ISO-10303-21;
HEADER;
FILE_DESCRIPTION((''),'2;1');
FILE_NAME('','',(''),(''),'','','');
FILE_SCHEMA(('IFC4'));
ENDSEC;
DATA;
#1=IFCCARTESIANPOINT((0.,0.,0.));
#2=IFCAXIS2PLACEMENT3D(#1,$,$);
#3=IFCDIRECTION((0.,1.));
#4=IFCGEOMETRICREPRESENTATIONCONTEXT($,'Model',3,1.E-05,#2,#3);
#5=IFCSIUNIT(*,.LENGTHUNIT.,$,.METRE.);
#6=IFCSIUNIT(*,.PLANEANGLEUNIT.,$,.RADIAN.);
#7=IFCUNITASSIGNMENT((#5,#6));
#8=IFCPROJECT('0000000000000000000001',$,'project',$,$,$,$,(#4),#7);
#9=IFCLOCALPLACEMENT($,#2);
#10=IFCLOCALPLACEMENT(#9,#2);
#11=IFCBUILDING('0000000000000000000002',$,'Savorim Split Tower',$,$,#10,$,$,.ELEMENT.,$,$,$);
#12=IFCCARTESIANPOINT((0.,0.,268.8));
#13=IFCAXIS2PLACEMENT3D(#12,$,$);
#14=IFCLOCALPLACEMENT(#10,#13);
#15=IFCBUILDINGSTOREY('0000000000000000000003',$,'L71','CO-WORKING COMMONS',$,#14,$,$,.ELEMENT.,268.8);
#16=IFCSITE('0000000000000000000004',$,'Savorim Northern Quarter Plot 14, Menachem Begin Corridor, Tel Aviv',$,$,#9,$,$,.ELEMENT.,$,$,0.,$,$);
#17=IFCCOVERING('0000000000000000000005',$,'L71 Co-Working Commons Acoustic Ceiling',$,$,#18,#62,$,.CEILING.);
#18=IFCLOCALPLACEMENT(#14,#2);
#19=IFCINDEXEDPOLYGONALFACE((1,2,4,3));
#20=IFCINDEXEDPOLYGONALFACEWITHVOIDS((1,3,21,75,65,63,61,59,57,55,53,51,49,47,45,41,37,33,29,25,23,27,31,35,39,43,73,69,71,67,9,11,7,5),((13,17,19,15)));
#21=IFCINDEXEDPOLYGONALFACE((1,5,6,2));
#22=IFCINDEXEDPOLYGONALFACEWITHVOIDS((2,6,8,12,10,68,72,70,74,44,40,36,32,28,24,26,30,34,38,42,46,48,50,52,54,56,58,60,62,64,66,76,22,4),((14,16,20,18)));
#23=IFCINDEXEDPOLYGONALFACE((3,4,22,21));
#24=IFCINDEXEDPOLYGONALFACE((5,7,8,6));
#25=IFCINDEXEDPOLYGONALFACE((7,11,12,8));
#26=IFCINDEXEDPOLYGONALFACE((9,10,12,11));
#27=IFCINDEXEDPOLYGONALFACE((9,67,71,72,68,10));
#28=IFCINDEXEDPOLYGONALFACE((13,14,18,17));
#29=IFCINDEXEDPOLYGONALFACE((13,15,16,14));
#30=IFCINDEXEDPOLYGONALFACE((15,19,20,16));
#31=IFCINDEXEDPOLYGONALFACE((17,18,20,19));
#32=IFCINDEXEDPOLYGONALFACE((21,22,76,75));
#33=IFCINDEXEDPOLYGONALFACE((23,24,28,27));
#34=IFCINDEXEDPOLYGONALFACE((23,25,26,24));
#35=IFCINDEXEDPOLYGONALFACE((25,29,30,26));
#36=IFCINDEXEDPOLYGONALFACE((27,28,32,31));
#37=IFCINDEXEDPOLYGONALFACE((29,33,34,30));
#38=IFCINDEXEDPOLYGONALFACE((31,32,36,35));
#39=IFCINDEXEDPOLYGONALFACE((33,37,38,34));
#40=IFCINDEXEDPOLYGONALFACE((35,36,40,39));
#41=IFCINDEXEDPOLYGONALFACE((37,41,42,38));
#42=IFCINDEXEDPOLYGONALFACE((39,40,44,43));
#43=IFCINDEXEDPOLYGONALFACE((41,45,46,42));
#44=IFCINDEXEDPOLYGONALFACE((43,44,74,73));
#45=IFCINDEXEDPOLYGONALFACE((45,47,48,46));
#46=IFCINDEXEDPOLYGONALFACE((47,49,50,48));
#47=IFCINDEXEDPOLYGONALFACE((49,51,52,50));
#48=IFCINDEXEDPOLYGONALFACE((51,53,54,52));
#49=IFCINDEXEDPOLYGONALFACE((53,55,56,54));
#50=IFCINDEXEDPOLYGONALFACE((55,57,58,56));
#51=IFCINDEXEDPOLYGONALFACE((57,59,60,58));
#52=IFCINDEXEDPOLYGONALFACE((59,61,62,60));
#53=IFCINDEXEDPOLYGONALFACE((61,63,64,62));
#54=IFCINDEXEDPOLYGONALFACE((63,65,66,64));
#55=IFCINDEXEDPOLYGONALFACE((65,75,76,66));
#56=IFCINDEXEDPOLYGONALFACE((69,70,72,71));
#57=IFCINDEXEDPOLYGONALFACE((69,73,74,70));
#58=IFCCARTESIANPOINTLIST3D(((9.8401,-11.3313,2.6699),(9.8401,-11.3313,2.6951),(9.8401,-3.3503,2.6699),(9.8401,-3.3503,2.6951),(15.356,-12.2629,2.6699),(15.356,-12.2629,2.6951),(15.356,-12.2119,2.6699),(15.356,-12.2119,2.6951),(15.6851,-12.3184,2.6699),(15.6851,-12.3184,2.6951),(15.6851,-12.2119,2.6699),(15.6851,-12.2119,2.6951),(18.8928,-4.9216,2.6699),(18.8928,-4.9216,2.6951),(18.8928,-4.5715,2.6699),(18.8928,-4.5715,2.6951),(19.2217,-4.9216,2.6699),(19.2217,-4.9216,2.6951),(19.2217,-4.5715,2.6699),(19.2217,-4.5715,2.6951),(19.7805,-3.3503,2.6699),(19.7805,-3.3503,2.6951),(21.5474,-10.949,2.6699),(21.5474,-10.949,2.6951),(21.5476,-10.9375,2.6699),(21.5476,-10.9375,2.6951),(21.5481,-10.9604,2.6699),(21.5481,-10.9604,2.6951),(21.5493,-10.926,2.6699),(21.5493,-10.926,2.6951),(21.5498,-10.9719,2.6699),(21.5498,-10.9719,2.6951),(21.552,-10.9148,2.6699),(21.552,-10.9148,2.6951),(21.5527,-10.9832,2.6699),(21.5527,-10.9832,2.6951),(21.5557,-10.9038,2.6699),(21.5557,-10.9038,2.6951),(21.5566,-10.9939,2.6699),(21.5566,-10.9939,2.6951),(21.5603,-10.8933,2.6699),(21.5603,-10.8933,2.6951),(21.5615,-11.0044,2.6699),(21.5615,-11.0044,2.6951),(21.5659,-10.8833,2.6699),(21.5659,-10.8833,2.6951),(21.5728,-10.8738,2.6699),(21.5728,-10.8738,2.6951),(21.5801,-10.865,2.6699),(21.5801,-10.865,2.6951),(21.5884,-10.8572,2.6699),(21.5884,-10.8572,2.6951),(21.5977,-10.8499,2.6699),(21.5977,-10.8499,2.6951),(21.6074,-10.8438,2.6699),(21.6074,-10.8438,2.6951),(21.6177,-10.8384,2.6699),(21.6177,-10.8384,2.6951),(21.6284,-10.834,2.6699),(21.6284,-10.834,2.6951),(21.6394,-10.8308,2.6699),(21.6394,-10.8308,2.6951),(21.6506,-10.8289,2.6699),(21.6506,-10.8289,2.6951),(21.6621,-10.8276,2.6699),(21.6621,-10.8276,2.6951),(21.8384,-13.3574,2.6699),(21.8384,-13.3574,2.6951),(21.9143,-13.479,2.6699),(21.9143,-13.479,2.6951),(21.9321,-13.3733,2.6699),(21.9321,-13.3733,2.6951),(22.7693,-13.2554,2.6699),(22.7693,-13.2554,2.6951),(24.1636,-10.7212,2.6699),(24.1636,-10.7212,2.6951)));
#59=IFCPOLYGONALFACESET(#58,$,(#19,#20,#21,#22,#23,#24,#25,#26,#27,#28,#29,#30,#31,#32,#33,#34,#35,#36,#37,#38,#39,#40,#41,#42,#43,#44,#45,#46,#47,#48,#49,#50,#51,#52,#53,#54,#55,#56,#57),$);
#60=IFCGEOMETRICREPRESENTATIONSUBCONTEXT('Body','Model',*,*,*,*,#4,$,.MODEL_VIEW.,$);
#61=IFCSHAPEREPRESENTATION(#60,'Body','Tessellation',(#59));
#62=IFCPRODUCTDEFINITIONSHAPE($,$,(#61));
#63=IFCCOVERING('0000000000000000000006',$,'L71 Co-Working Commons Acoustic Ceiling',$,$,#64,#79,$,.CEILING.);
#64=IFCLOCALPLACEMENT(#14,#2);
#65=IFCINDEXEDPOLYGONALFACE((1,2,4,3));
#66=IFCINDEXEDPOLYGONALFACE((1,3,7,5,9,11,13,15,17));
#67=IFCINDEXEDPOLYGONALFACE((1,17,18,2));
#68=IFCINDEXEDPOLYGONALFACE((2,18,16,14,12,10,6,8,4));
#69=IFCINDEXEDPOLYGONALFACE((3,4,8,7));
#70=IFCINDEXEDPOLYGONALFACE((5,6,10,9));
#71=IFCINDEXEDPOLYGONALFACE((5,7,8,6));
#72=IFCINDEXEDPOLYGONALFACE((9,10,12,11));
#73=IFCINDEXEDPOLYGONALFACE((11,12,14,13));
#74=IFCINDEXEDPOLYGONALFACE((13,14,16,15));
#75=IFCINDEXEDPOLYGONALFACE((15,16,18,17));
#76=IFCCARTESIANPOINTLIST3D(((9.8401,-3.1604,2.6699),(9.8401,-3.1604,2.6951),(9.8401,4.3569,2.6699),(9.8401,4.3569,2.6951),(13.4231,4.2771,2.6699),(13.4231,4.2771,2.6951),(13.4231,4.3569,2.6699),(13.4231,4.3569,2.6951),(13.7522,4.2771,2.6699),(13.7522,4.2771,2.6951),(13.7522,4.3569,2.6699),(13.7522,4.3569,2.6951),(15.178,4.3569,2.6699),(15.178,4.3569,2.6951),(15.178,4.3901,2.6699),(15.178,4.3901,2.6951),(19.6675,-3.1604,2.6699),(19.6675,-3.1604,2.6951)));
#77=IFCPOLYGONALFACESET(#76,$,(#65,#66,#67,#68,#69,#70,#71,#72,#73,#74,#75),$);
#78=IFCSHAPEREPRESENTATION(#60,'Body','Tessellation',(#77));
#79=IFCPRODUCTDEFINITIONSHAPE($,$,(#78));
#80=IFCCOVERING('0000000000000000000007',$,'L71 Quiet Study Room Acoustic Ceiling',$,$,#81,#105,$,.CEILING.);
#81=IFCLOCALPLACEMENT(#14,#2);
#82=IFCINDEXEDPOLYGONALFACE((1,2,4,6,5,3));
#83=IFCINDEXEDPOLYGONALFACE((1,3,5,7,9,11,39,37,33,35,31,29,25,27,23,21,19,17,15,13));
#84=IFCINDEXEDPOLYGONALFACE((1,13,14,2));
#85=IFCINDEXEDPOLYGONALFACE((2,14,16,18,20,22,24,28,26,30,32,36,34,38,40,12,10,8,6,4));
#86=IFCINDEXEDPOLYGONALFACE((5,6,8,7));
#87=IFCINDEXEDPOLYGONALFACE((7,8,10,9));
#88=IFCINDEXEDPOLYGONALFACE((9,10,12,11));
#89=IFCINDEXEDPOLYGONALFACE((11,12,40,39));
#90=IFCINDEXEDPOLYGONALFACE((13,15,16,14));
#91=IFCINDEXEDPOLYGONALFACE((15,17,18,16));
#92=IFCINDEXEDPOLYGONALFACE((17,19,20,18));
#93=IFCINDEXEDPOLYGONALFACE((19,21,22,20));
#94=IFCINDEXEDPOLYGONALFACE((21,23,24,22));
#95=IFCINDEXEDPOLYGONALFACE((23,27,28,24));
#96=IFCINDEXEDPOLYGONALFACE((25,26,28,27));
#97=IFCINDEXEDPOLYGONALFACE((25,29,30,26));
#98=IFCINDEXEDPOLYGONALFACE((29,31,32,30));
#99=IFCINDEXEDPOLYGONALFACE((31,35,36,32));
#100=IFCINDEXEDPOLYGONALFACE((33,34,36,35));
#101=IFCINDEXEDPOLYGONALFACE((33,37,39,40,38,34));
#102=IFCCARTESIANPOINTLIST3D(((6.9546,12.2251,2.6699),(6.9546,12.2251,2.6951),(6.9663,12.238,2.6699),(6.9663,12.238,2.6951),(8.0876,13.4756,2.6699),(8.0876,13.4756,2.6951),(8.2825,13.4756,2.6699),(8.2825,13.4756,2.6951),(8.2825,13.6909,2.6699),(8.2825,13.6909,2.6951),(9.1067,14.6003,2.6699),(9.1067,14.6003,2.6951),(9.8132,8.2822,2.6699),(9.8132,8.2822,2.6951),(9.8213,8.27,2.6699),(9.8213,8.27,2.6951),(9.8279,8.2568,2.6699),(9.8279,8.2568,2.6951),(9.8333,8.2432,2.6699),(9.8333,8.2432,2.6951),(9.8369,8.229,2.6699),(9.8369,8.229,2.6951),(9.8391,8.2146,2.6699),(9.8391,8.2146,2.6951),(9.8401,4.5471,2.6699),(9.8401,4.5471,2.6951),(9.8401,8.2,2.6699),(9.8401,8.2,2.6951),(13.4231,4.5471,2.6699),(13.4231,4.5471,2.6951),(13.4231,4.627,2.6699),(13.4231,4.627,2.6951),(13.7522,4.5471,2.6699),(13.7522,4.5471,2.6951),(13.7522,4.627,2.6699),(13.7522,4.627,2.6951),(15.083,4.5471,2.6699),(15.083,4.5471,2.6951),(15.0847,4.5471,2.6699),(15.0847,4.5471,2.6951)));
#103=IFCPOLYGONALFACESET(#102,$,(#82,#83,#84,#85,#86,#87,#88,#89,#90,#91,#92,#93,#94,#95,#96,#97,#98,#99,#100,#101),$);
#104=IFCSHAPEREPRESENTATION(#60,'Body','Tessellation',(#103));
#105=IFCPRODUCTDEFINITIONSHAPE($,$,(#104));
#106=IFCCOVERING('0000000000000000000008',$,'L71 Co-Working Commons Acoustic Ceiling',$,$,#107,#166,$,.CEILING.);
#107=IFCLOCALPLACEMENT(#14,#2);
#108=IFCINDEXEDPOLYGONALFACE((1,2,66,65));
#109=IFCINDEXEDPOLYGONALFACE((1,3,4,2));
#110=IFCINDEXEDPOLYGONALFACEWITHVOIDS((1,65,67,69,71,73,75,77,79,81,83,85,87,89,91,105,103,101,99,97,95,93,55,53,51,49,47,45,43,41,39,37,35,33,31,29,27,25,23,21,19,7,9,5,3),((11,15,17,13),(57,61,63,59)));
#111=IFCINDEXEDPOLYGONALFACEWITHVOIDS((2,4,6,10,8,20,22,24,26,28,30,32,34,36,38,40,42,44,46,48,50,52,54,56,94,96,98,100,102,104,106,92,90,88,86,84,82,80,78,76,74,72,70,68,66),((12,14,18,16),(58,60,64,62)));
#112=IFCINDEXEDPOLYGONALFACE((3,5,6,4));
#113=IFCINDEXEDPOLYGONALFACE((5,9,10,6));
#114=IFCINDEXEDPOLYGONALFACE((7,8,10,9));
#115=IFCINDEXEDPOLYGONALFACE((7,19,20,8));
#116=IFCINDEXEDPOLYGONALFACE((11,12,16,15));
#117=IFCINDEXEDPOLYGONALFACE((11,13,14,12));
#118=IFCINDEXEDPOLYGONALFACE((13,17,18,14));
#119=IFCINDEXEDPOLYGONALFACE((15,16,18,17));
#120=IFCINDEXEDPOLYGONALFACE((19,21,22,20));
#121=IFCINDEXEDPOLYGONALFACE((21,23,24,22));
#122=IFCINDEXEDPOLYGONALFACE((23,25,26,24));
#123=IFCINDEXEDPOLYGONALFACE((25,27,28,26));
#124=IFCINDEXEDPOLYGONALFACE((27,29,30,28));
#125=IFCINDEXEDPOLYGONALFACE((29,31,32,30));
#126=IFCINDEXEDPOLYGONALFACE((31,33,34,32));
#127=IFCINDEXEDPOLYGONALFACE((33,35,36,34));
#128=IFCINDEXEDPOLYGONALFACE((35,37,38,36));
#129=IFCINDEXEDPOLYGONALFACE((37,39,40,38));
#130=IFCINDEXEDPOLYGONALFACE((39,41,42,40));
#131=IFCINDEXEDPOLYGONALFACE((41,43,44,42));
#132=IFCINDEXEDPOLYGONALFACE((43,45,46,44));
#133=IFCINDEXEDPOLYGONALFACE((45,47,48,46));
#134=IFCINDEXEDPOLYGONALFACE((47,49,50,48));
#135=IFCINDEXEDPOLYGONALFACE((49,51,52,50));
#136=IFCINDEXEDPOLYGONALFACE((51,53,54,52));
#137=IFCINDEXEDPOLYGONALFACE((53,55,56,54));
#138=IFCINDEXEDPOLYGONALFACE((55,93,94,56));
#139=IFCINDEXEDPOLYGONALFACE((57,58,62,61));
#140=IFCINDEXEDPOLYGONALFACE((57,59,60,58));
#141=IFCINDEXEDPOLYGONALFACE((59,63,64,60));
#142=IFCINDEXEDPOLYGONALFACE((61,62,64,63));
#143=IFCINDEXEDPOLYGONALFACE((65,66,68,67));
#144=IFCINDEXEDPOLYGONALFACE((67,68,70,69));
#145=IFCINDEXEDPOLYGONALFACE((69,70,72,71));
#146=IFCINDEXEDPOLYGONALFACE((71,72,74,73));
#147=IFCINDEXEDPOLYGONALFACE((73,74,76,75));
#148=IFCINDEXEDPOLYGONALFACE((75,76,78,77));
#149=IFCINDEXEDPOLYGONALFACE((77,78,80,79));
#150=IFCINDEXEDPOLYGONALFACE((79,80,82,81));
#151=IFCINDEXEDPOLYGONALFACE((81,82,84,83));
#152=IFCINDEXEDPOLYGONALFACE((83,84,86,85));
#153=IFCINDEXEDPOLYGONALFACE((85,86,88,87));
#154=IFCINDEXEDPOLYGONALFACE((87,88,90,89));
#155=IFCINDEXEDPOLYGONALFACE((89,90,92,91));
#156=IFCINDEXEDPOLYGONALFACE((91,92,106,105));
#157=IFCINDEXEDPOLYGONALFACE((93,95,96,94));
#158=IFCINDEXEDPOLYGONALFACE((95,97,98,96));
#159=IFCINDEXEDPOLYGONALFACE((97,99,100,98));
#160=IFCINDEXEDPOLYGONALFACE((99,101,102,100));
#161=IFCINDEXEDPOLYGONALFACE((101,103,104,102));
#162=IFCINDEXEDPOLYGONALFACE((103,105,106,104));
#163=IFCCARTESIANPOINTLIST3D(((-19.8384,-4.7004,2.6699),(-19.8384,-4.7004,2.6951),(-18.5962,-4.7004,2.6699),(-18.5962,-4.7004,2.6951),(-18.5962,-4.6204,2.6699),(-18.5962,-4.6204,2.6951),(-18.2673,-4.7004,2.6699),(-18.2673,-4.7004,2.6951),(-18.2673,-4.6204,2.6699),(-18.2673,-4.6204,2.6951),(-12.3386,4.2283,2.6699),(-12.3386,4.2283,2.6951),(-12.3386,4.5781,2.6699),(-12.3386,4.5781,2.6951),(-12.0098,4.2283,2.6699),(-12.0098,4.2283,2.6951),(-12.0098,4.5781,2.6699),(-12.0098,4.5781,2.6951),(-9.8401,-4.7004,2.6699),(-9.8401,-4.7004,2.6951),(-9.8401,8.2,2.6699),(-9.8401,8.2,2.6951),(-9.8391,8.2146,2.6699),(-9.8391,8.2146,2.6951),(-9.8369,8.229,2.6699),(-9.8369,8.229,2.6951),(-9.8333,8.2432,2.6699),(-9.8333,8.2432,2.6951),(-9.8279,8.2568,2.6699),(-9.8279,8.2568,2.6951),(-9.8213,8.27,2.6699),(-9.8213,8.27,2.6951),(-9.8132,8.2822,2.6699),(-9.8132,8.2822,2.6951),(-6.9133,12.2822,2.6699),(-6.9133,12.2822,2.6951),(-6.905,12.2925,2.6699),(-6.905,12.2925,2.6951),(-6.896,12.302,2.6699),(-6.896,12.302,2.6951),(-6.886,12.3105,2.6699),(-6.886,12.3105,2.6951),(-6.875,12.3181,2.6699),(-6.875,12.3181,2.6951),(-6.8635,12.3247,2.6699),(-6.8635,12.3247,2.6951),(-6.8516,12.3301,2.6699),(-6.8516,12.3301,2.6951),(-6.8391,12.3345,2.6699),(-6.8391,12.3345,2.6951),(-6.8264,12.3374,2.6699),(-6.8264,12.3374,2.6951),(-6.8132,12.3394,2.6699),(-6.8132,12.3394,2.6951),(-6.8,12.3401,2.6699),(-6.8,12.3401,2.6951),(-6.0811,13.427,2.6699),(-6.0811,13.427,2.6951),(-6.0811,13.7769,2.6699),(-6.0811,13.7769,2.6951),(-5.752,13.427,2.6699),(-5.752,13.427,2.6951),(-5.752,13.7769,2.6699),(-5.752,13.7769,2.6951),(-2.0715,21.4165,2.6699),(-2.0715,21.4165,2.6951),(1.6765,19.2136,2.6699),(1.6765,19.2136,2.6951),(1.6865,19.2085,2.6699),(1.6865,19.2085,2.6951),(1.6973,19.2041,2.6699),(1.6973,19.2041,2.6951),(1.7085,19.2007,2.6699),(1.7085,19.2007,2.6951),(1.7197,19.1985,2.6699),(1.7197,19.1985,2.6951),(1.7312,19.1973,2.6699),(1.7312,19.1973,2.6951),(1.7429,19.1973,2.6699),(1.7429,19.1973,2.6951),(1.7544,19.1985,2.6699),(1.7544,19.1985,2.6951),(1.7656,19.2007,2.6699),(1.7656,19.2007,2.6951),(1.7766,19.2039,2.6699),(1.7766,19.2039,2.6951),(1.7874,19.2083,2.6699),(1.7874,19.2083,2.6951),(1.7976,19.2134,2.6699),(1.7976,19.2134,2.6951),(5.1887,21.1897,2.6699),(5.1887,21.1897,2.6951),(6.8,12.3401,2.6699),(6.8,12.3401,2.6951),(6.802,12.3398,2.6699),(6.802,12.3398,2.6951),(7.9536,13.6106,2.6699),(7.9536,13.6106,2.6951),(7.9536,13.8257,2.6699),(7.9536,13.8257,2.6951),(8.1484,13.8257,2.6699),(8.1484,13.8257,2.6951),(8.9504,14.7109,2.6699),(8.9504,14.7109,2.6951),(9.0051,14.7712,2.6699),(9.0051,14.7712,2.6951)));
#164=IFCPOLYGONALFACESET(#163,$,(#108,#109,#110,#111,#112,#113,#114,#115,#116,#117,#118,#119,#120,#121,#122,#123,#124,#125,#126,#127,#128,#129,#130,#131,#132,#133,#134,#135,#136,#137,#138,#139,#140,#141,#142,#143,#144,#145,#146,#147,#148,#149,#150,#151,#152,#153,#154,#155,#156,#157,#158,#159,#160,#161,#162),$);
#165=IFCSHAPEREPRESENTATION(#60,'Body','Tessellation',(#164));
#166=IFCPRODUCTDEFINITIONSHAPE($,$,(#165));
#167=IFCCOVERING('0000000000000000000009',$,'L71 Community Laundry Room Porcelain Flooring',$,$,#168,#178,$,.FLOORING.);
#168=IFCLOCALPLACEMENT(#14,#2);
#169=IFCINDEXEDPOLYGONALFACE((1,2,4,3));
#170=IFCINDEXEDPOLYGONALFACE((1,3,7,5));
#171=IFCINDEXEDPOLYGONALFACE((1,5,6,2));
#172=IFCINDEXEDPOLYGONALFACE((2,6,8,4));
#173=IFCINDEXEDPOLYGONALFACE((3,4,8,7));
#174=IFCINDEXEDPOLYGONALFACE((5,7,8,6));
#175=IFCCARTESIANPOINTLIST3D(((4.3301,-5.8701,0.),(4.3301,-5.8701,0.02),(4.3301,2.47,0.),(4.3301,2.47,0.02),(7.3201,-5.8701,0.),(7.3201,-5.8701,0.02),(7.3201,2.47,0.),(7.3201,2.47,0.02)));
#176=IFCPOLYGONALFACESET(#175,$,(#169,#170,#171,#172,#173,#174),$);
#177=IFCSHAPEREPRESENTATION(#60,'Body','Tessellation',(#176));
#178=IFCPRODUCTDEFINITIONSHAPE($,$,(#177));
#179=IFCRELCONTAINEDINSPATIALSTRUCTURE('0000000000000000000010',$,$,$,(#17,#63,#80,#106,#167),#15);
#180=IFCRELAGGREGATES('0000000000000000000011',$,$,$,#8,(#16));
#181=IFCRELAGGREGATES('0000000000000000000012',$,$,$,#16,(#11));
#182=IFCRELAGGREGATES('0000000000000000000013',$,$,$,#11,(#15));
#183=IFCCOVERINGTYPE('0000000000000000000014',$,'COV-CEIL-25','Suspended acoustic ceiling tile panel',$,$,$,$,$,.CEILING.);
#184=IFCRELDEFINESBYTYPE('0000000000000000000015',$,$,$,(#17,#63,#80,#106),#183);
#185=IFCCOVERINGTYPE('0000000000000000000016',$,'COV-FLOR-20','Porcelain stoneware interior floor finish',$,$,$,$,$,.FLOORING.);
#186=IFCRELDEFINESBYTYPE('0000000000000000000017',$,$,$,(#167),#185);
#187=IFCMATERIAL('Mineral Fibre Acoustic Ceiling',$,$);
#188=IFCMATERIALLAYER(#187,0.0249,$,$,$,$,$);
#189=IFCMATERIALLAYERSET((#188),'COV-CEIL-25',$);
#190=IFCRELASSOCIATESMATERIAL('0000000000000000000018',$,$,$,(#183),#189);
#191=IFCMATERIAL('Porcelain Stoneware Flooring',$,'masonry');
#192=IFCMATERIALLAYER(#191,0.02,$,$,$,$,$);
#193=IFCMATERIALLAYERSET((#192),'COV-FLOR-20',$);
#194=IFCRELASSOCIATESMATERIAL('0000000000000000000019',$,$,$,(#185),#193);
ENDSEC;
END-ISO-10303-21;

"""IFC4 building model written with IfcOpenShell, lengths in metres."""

from ifc_helpers import new_model, si_unit, direction, frame, origin, place, context, subcontext, project, spatial, polyline, outline, extrude, material, layer, layer_set, type_object, element, save


model = new_model("IFC4")

# Units and contexts
model_context = context("Model", 3, precision=1e-05, world=origin(), true_north=direction((0.0, 1.0)))
body_context = subcontext(model_context, "Body", "Model", "MODEL_VIEW")
ifc_project = project(units=[si_unit("LENGTHUNIT", "METRE"), si_unit("PLANEANGLEUNIT", "RADIAN")], contexts=[model_context])

# Site, building, storey
site_placement = place(None, origin())
site = spatial("IfcSite", under=ifc_project, at=site_placement, Name="Savorim Northern Quarter Plot 14, Menachem Begin Corridor, Tel Aviv", CompositionType="ELEMENT", RefElevation=0.0)
building_placement = place(site_placement, origin())
building = spatial("IfcBuilding", under=site, at=building_placement, Name="Savorim Split Tower", CompositionType="ELEMENT")
storey_placement = place(building_placement, frame((0.0, 0.0, 268.8)))
storey = spatial("IfcBuildingStorey", under=building, at=storey_placement, Name="L71", Description="CO-WORKING COMMONS", CompositionType="ELEMENT", Elevation=268.8)

# Coverings
ifc_material_1 = material(Name="Mineral Fibre Acoustic Ceiling")
ifc_layer_1 = layer(ifc_material_1, 0.0249)
ifc_layer_set_1 = layer_set([ifc_layer_1], Name="COV-CEIL-25")
covering_type_1 = type_object("IfcCoveringType", Name="COV-CEIL-25", Description="Suspended acoustic ceiling tile panel", PredefinedType="CEILING", material=ifc_layer_set_1)
covering_1_placement = place(storey_placement, frame((0.0, 0.0, 2.6699)))
element("IfcCovering", 1, at=covering_1_placement, inside=storey, type_object=covering_type_1, Name="L71 Co-Working Commons Acoustic Ceiling", PredefinedType="CEILING", context=body_context, shape_type="SweptSolid", body=[
    extrude(outline(polyline([(21.6394, -10.8308), (21.6506, -10.8289), (21.6621, -10.8276), (24.1636, -10.7212), (19.7805, -3.3503), (9.8401, -3.3503), (9.8401, -11.3313), (15.356, -12.2629), (15.356, -12.2119), (15.6851, -12.2119), (15.6851, -12.3184), (21.8384, -13.3574), (21.9321, -13.3733), (21.9143, -13.479), (22.7693, -13.2554), (21.5615, -11.0044), (21.5566, -10.9939), (21.5527, -10.9832), (21.5498, -10.9719), (21.5481, -10.9604), (21.5474, -10.949), (21.5476, -10.9375), (21.5493, -10.926), (21.552, -10.9148), (21.5557, -10.9038), (21.5603, -10.8933), (21.5659, -10.8833), (21.5728, -10.8738), (21.5801, -10.865), (21.5884, -10.8572), (21.5977, -10.8499), (21.6074, -10.8438), (21.6177, -10.8384), (21.6284, -10.834), (21.6394, -10.8308)]), holes=[polyline([(19.2217, -4.9216), (19.2217, -4.5715), (18.8928, -4.5715), (18.8928, -4.9216), (19.2217, -4.9216)])]), origin(), (0.0, 0.0, 1.0), 0.0251),
])
covering_2_placement = place(storey_placement, frame((0.0, 0.0, 2.6699)))
element("IfcCovering", 2, at=covering_2_placement, inside=storey, type_object=covering_type_1, Name="L71 Co-Working Commons Acoustic Ceiling", PredefinedType="CEILING", context=body_context, shape_type="SweptSolid", body=[
    extrude(outline(polyline([(13.4231, 4.2771), (13.4231, 4.3569), (9.8401, 4.3569), (9.8401, -3.1604), (19.6675, -3.1604), (15.178, 4.3901), (15.178, 4.3569), (13.7522, 4.3569), (13.7522, 4.2771), (13.4231, 4.2771)])), origin(), (0.0, 0.0, 1.0), 0.0251),
])
covering_3_placement = place(storey_placement, frame((0.0, 0.0, 2.6699)))
element("IfcCovering", 3, at=covering_3_placement, inside=storey, type_object=covering_type_1, Name="L71 Quiet Study Room Acoustic Ceiling", PredefinedType="CEILING", context=body_context, shape_type="SweptSolid", body=[
    extrude(outline(polyline([(13.7522, 4.627), (13.7522, 4.5471), (15.083, 4.5471), (15.0847, 4.5471), (9.1067, 14.6003), (8.2825, 13.6909), (8.2825, 13.4756), (8.0876, 13.4756), (6.9663, 12.238), (6.9546, 12.2251), (9.8132, 8.2822), (9.8213, 8.27), (9.8279, 8.2568), (9.8333, 8.2432), (9.8369, 8.229), (9.8391, 8.2146), (9.8401, 8.2), (9.8401, 4.5471), (13.4231, 4.5471), (13.4231, 4.627), (13.7522, 4.627)])), origin(), (0.0, 0.0, 1.0), 0.0251),
])
covering_4_placement = place(storey_placement, frame((0.0, 0.0, 2.6699)))
element("IfcCovering", 4, at=covering_4_placement, inside=storey, type_object=covering_type_1, Name="L71 Co-Working Commons Acoustic Ceiling", PredefinedType="CEILING", context=body_context, shape_type="SweptSolid", body=[
    extrude(outline(polyline([(1.6973, 19.2041), (1.6865, 19.2085), (1.6765, 19.2136), (-2.0715, 21.4165), (-19.8384, -4.7004), (-18.5962, -4.7004), (-18.5962, -4.6204), (-18.2673, -4.6204), (-18.2673, -4.7004), (-9.8401, -4.7004), (-9.8401, 8.2), (-9.8391, 8.2146), (-9.8369, 8.229), (-9.8333, 8.2432), (-9.8279, 8.2568), (-9.8213, 8.27), (-9.8132, 8.2822), (-6.9133, 12.2822), (-6.905, 12.2925), (-6.896, 12.302), (-6.886, 12.3105), (-6.875, 12.3181), (-6.8635, 12.3247), (-6.8516, 12.3301), (-6.8391, 12.3345), (-6.8264, 12.3374), (-6.8132, 12.3394), (-6.8, 12.3401), (6.8, 12.3401), (6.802, 12.3398), (7.9536, 13.6106), (7.9536, 13.8257), (8.1484, 13.8257), (8.9504, 14.7109), (9.0051, 14.7712), (5.1887, 21.1897), (1.7976, 19.2134), (1.7874, 19.2083), (1.7766, 19.2039), (1.7656, 19.2007), (1.7544, 19.1985), (1.7429, 19.1973), (1.7312, 19.1973), (1.7197, 19.1985), (1.7085, 19.2007), (1.6973, 19.2041)]), holes=[polyline([(-5.752, 13.7769), (-6.0811, 13.7769), (-6.0811, 13.427), (-5.752, 13.427), (-5.752, 13.7769)]), polyline([(-12.3386, 4.5781), (-12.3386, 4.2283), (-12.0098, 4.2283), (-12.0098, 4.5781), (-12.3386, 4.5781)])]), origin(), (0.0, 0.0, 1.0), 0.0251),
])
ifc_material_2 = material(Name="Porcelain Stoneware Flooring", Category="masonry")
ifc_layer_2 = layer(ifc_material_2, 0.02)
ifc_layer_set_2 = layer_set([ifc_layer_2], Name="COV-FLOR-20")
covering_type_2 = type_object("IfcCoveringType", Name="COV-FLOR-20", Description="Porcelain stoneware interior floor finish", PredefinedType="FLOORING", material=ifc_layer_set_2)
covering_5_placement = place(storey_placement, origin())
element("IfcCovering", 5, at=covering_5_placement, inside=storey, type_object=covering_type_2, Name="L71 Community Laundry Room Porcelain Flooring", PredefinedType="FLOORING", context=body_context, shape_type="SweptSolid", body=[
    extrude(outline(polyline([(4.3301, 2.47), (4.3301, -5.8701), (7.3201, -5.8701), (7.3201, 2.47), (4.3301, 2.47)])), origin(), (0.0, 0.0, 1.0), 0.02),
])

save(model, "model.ifc")
